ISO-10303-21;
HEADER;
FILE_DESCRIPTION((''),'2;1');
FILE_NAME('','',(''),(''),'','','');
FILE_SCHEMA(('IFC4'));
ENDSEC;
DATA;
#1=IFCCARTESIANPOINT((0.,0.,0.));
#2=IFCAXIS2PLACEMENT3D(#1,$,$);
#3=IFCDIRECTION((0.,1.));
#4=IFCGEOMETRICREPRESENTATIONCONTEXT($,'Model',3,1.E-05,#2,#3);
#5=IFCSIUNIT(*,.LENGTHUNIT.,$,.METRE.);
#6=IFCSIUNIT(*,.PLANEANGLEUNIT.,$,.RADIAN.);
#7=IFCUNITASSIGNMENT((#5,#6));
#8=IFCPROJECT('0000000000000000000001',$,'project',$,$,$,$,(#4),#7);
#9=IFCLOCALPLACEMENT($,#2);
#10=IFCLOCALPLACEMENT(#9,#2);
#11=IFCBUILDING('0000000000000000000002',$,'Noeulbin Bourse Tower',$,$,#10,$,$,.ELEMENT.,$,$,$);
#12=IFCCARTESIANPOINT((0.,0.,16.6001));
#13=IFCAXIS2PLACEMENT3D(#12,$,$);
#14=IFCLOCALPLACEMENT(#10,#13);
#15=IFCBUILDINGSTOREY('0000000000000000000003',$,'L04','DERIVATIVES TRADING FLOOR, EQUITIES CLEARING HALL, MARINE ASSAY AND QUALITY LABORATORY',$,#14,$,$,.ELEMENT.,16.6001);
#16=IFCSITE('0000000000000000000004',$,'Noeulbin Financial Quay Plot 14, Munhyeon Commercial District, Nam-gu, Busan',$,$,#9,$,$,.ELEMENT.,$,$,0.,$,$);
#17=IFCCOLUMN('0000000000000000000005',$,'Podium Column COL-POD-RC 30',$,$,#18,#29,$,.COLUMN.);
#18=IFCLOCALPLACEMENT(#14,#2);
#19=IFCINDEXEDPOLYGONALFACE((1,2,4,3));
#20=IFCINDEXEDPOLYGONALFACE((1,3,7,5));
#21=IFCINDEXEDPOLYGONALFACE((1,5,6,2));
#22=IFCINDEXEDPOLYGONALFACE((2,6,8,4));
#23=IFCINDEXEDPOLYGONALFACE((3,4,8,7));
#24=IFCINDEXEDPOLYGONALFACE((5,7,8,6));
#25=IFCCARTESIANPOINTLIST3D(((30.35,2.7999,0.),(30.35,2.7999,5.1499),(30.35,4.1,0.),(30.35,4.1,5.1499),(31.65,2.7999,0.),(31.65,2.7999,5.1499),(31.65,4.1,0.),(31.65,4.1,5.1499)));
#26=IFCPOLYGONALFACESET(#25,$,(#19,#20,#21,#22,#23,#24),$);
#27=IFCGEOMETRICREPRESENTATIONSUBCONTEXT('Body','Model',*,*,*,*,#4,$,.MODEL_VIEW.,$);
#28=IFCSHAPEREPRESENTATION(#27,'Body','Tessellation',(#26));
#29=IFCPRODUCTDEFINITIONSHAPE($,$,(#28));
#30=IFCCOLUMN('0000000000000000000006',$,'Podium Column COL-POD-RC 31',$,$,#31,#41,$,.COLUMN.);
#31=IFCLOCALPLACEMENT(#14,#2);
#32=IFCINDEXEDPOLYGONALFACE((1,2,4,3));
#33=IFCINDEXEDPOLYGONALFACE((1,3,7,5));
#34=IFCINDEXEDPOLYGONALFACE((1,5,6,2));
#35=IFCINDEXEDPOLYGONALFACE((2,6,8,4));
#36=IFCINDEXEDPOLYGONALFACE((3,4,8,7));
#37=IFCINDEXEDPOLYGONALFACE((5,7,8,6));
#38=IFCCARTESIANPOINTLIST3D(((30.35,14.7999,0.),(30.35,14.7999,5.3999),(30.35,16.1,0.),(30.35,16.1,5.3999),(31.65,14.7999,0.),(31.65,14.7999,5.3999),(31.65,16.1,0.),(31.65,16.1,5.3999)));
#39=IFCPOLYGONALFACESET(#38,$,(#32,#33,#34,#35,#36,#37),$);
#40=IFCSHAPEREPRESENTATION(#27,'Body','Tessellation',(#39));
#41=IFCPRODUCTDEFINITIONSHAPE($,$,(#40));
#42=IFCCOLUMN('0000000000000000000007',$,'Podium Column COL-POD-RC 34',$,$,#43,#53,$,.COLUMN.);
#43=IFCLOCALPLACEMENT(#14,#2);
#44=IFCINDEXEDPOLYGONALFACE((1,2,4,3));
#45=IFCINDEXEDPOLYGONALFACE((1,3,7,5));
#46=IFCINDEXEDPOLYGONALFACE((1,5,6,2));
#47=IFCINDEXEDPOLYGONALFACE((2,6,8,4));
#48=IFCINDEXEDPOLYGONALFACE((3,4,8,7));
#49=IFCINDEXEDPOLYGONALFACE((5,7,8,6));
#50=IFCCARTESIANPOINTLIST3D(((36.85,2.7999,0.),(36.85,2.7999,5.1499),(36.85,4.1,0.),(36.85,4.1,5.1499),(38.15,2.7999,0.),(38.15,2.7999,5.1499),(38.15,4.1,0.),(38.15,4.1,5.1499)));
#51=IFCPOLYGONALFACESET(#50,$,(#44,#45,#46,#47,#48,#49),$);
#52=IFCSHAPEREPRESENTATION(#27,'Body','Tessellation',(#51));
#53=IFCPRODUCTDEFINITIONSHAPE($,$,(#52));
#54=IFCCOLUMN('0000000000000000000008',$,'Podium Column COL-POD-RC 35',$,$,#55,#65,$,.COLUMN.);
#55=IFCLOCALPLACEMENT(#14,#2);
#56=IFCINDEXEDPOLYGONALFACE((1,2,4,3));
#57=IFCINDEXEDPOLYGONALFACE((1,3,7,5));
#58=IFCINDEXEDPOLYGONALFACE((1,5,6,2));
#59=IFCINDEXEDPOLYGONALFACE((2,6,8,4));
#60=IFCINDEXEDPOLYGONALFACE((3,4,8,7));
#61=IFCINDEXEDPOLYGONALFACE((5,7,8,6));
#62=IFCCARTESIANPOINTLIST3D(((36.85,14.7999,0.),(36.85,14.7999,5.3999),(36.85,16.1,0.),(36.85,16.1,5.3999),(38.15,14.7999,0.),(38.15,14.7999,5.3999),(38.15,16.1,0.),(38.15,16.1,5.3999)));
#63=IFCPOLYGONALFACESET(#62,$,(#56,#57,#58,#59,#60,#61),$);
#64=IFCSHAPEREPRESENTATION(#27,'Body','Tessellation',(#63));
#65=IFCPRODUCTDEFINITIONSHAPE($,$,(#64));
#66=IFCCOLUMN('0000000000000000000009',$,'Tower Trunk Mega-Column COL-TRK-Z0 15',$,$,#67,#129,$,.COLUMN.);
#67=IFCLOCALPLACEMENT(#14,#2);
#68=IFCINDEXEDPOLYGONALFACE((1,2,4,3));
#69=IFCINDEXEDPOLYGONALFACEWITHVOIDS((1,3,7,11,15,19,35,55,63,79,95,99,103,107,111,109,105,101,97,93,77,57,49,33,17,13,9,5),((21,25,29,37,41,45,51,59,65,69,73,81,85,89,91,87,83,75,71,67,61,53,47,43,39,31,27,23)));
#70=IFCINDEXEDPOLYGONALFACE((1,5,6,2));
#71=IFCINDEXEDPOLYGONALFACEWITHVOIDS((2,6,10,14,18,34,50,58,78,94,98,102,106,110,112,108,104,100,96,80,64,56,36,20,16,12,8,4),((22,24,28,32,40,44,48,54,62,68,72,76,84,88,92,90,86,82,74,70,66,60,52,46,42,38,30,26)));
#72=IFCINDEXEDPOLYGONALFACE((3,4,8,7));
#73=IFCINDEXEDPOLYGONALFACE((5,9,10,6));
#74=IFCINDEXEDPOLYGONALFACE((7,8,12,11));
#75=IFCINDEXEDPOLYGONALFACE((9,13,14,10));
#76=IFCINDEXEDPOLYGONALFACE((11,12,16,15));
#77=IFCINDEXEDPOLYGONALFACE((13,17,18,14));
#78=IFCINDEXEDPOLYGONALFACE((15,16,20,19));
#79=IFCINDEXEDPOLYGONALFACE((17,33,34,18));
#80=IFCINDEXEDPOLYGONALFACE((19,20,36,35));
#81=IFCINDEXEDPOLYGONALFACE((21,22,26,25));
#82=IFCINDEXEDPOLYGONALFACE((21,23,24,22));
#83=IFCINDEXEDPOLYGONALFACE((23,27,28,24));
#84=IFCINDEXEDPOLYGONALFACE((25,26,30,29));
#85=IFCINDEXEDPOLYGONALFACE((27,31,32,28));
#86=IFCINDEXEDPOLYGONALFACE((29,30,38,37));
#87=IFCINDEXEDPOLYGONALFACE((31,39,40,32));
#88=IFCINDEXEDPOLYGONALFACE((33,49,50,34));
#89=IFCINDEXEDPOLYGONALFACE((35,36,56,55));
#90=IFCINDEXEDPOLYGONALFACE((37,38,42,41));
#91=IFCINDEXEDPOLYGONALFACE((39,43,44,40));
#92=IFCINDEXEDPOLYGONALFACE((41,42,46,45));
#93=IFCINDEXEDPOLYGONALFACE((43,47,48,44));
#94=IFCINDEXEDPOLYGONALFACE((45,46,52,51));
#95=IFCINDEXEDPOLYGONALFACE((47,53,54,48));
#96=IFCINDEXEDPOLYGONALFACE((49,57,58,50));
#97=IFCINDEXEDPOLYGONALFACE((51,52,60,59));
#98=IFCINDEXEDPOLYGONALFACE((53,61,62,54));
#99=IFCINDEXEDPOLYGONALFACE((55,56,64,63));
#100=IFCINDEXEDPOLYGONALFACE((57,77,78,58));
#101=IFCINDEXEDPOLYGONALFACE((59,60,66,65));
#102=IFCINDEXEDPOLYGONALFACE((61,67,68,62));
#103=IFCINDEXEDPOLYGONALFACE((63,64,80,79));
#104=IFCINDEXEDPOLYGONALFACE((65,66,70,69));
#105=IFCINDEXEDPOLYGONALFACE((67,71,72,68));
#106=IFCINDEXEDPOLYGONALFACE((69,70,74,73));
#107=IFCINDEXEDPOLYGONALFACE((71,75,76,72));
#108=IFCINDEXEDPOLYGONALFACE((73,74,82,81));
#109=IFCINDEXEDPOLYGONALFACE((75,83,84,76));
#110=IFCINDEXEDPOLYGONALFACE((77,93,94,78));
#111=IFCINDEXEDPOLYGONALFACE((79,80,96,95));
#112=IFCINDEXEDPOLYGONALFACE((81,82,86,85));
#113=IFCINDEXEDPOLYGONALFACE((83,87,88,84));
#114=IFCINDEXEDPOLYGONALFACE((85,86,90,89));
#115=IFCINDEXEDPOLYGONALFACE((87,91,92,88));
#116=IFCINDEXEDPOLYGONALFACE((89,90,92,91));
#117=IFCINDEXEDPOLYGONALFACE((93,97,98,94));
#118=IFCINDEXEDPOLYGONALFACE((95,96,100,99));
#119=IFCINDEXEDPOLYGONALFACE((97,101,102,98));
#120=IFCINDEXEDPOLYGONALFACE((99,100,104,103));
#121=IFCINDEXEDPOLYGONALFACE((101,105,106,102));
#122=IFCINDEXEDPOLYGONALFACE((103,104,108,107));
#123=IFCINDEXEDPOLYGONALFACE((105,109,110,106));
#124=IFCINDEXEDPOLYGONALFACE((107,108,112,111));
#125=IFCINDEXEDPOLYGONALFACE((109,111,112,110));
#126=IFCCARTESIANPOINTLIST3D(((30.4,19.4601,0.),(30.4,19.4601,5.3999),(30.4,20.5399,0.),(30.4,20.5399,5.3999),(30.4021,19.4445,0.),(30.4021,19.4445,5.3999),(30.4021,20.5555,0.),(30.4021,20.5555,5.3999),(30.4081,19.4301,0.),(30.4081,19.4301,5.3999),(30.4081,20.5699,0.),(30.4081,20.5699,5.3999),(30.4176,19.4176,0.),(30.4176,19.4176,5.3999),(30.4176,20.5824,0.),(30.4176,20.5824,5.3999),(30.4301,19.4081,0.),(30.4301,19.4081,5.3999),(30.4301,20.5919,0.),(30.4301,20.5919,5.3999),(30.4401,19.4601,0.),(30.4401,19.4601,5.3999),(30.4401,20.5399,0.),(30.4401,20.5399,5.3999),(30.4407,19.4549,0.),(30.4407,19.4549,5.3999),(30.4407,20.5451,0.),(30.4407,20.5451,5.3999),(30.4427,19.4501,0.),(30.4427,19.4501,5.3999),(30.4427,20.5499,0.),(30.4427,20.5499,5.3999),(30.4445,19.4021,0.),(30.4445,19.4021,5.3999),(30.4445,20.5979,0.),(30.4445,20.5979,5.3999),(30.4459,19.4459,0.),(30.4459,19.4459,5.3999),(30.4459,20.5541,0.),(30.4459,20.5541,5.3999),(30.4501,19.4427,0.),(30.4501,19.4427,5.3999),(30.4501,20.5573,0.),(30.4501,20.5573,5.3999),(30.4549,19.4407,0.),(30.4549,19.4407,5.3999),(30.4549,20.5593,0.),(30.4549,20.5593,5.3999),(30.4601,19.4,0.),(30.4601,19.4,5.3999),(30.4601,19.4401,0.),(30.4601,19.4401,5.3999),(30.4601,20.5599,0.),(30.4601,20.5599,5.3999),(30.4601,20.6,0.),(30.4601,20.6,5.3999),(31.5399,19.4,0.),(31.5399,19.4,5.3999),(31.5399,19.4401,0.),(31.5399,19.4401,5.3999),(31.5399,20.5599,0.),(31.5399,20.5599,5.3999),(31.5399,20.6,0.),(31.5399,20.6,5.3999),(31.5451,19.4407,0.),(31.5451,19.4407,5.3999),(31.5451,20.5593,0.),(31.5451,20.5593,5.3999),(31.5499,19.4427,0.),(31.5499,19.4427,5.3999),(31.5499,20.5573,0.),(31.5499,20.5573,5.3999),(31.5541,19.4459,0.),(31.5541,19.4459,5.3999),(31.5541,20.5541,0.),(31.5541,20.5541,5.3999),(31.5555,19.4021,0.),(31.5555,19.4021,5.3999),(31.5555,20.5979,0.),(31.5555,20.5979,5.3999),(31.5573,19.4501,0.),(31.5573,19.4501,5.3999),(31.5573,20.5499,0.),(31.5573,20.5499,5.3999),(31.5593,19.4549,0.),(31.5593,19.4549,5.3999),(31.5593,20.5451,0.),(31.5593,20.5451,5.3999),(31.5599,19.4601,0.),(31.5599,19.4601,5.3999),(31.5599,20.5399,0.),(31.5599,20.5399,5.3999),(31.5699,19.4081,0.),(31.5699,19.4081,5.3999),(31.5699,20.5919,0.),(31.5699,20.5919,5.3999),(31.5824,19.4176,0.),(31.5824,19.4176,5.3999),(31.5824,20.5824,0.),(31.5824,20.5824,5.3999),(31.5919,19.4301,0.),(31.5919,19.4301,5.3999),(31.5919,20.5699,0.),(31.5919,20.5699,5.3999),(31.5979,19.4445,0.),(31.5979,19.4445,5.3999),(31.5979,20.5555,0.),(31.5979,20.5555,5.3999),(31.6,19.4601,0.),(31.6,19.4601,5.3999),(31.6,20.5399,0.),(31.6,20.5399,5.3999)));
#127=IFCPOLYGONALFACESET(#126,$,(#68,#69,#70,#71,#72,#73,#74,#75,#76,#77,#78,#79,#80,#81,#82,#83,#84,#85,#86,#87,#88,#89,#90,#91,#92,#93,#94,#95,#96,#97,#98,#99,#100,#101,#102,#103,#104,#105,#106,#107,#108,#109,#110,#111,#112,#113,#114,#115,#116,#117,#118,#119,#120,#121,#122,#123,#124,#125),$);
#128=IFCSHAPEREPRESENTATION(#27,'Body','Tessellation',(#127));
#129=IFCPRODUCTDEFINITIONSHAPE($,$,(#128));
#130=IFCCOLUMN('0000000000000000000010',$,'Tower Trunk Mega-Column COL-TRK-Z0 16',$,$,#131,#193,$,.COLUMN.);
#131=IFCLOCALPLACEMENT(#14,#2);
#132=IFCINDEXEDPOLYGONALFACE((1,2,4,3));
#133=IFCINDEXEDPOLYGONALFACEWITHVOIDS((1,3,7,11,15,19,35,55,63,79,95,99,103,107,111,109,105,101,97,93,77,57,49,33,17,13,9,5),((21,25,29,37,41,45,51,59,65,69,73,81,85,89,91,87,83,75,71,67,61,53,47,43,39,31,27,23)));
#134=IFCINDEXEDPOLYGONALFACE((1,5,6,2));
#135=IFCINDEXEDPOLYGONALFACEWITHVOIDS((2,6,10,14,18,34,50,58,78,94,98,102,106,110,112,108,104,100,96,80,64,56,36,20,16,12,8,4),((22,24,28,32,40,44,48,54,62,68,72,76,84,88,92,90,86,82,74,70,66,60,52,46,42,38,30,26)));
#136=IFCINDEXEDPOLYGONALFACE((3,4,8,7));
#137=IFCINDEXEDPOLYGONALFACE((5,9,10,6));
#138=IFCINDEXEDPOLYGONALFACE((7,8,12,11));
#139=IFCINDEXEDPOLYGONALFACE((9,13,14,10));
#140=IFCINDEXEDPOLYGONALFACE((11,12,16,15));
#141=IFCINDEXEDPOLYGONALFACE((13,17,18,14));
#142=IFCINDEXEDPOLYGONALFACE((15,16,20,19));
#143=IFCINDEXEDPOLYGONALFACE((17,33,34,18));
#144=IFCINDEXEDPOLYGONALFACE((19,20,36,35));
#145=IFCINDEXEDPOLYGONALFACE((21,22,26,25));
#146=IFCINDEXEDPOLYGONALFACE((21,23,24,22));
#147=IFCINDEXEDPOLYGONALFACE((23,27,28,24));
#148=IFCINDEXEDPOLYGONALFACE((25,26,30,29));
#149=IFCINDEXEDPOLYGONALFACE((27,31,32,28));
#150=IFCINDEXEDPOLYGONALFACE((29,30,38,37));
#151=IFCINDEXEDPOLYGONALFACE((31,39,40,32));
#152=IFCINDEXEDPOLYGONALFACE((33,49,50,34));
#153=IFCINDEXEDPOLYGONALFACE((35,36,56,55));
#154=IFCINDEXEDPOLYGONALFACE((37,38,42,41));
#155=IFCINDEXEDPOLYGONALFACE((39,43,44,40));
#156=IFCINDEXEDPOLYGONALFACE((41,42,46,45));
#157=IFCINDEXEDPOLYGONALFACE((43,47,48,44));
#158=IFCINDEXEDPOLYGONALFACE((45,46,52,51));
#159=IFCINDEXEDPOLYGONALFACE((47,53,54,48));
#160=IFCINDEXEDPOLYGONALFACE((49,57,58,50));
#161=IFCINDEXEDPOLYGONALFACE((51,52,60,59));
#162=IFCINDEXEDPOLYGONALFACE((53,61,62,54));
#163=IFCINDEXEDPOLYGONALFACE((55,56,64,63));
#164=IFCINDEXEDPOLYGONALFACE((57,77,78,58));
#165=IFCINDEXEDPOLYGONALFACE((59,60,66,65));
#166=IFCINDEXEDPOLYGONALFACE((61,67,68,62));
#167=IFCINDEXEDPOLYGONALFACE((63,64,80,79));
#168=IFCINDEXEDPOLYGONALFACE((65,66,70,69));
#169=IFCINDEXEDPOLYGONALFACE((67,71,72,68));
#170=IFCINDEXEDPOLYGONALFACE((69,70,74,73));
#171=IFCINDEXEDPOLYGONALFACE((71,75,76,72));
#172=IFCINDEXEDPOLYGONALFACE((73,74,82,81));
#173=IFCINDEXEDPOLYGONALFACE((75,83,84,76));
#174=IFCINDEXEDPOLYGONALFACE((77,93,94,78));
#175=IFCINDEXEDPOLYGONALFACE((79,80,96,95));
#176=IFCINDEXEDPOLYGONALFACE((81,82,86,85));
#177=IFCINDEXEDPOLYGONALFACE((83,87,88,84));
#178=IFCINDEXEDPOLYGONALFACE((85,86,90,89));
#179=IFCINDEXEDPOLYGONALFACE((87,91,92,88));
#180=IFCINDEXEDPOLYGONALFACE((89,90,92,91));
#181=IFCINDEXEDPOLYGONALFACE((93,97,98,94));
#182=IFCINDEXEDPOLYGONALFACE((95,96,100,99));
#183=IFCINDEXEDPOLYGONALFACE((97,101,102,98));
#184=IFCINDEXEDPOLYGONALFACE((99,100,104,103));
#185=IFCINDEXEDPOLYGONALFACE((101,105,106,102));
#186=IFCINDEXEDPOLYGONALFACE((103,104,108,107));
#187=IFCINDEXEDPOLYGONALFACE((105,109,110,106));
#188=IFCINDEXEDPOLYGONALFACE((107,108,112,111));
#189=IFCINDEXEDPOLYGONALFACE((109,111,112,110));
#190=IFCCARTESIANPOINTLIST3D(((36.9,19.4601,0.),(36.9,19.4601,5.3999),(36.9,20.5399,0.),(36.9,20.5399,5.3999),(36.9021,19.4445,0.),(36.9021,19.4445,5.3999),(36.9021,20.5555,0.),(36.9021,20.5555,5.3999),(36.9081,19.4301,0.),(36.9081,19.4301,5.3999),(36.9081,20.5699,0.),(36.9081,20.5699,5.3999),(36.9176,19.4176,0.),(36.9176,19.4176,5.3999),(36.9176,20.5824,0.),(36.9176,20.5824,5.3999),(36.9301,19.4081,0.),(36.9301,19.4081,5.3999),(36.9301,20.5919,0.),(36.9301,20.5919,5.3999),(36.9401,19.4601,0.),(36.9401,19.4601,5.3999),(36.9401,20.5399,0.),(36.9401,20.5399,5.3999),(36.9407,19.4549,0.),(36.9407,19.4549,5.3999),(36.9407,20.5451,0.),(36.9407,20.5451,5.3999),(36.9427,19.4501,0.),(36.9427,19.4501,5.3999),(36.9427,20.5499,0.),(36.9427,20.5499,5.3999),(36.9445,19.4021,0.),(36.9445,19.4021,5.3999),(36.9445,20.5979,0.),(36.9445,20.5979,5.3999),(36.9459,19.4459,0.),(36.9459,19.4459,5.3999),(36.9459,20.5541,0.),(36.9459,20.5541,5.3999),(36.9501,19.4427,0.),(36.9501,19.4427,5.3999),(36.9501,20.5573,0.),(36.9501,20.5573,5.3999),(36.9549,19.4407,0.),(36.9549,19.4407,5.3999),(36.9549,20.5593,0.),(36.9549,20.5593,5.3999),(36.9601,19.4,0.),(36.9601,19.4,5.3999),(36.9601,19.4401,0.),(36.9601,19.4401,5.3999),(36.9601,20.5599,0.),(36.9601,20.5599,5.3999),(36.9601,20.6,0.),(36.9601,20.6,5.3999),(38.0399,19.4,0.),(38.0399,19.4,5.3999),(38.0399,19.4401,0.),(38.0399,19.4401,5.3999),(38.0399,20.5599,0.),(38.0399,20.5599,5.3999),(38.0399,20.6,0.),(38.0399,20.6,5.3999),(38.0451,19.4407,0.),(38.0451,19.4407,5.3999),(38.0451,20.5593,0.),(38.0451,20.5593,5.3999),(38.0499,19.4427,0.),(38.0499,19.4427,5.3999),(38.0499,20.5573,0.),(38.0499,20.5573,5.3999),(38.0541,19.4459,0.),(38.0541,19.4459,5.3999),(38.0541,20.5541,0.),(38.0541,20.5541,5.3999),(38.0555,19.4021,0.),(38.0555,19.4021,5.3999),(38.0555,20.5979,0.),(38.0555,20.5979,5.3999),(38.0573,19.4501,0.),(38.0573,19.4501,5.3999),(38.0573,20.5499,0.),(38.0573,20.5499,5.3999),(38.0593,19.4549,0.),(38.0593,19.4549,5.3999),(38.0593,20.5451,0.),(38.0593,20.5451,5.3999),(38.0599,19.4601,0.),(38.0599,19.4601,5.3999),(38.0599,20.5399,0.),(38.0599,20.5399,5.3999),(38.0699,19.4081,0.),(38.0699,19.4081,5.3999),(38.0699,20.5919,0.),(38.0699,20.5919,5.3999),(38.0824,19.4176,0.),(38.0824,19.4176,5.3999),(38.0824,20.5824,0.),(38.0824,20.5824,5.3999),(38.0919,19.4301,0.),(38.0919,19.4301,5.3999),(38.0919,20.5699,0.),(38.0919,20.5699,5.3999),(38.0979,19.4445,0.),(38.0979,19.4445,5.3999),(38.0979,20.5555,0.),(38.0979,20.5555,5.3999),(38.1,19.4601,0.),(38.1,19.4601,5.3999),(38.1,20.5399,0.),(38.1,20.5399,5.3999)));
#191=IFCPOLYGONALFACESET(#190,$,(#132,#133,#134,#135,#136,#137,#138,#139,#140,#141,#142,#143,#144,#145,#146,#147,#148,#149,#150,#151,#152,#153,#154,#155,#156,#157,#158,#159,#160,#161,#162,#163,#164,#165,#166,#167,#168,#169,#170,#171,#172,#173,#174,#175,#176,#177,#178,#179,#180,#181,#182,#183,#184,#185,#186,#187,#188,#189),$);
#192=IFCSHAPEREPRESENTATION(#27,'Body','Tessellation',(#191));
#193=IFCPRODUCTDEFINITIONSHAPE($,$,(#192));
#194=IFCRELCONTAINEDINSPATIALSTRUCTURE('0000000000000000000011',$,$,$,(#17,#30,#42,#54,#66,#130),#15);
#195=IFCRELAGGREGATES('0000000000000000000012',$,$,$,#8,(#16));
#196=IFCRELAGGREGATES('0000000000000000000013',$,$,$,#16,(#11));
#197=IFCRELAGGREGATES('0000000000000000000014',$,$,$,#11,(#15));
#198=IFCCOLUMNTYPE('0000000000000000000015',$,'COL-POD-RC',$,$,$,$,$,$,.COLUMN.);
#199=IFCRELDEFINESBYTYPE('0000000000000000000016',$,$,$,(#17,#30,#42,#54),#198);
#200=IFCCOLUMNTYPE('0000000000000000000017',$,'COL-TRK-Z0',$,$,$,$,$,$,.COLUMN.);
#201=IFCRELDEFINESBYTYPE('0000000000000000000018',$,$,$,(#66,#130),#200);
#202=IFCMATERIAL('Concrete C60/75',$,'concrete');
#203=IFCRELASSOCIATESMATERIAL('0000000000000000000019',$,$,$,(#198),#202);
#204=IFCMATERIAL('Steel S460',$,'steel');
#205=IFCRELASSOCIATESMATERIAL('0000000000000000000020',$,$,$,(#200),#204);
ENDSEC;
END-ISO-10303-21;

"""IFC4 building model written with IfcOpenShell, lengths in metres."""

from ifc_helpers import new_model, si_unit, direction, frame, origin, origin_2d, place, context, subcontext, project, spatial, rectangle, hollow_rectangle, extrude, material, material_profile, profile_set, type_object, element, save


model = new_model("IFC4")

# Units and contexts
model_context = context("Model", 3, precision=1e-05, world=origin(), true_north=direction((0.0, 1.0)))
body_context = subcontext(model_context, "Body", "Model", "MODEL_VIEW")
ifc_project = project(units=[si_unit("LENGTHUNIT", "METRE"), si_unit("PLANEANGLEUNIT", "RADIAN")], contexts=[model_context])

# Site, building, storey
site_placement = place(None, origin())
site = spatial("IfcSite", under=ifc_project, at=site_placement, Name="Noeulbin Financial Quay Plot 14, Munhyeon Commercial District, Nam-gu, Busan", CompositionType="ELEMENT", RefElevation=0.0)
building_placement = place(site_placement, origin())
building = spatial("IfcBuilding", under=site, at=building_placement, Name="Noeulbin Bourse Tower", CompositionType="ELEMENT")
storey_placement = place(building_placement, frame((0.0, 0.0, 16.6001)))
storey = spatial("IfcBuildingStorey", under=building, at=storey_placement, Name="L04", Description="DERIVATIVES TRADING FLOOR, EQUITIES CLEARING HALL, MARINE ASSAY AND QUALITY LABORATORY", CompositionType="ELEMENT", Elevation=16.6001)

# Columns
ifc_material_1 = material(Name="Concrete C60/75", Category="concrete")
ifc_material_profile_1 = material_profile(ifc_material_1, rectangle(XDim=1.3, YDim=1.3, at=origin_2d()), Name="RC-COL-1300x1300", Category="LoadBearing")
ifc_profile_set_1 = profile_set([ifc_material_profile_1], Name="Concrete C60/75")
column_type_1 = type_object("IfcColumnType", Name="COL-POD-RC", PredefinedType="COLUMN", material=ifc_profile_set_1)
column_1_placement = place(storey_placement, frame((31.0, 3.45, 0.0), z_axis=(0.0, 0.0, 1.0), x_axis=(1.0, 0.0, 0.0)))
element("IfcColumn", 1, at=column_1_placement, inside=storey, type_object=column_type_1, Name="Podium Column COL-POD-RC 30", PredefinedType="COLUMN", context=body_context, shape_type="SweptSolid", body=[
    extrude(rectangle(XDim=1.3, YDim=1.3, at=origin_2d()), origin(), (0.0, 0.0, 1.0), 5.1499),
])
column_2_placement = place(storey_placement, frame((31.0, 15.45, 0.0), z_axis=(0.0, 0.0, 1.0), x_axis=(1.0, 0.0, 0.0)))
element("IfcColumn", 2, at=column_2_placement, inside=storey, type_object=column_type_1, Name="Podium Column COL-POD-RC 31", PredefinedType="COLUMN", context=body_context, shape_type="SweptSolid", body=[
    extrude(rectangle(XDim=1.3, YDim=1.3, at=origin_2d()), origin(), (0.0, 0.0, 1.0), 5.3999),
])
column_3_placement = place(storey_placement, frame((37.5, 3.45, 0.0), z_axis=(0.0, 0.0, 1.0), x_axis=(1.0, 0.0, 0.0)))
element("IfcColumn", 3, at=column_3_placement, inside=storey, type_object=column_type_1, Name="Podium Column COL-POD-RC 34", PredefinedType="COLUMN", context=body_context, shape_type="SweptSolid", body=[
    extrude(rectangle(XDim=1.3, YDim=1.3, at=origin_2d()), origin(), (0.0, 0.0, 1.0), 5.1499),
])
column_4_placement = place(storey_placement, frame((37.5, 15.45, 0.0), z_axis=(0.0, 0.0, 1.0), x_axis=(1.0, 0.0, 0.0)))
element("IfcColumn", 4, at=column_4_placement, inside=storey, type_object=column_type_1, Name="Podium Column COL-POD-RC 35", PredefinedType="COLUMN", context=body_context, shape_type="SweptSolid", body=[
    extrude(rectangle(XDim=1.3, YDim=1.3, at=origin_2d()), origin(), (0.0, 0.0, 1.0), 5.3999),
])
ifc_material_2 = material(Name="Steel S460", Category="steel")
ifc_material_profile_2 = material_profile(ifc_material_2, hollow_rectangle(XDim=1.2, YDim=1.2, WallThickness=0.04, InnerFilletRadius=0.02, OuterFilletRadius=0.0601, at=origin_2d()), Name="BOX-1200x1200x40", Category="LoadBearing")
ifc_profile_set_2 = profile_set([ifc_material_profile_2], Name="Steel S460")
column_type_2 = type_object("IfcColumnType", Name="COL-TRK-Z0", PredefinedType="COLUMN", material=ifc_profile_set_2)
for number, where, z_axis, x_axis, name in (
    (5, (31.0, 20.0, 0.0), (0.0, 0.0, 1.0), (1.0, 0.0, 0.0), "Tower Trunk Mega-Column COL-TRK-Z0 15"),
    (6, (37.5, 20.0, 0.0), (0.0, 0.0, 1.0), (1.0, 0.0, 0.0), "Tower Trunk Mega-Column COL-TRK-Z0 16"),
):
    element("IfcColumn", number, at=place(storey_placement, frame(where, z_axis=z_axis, x_axis=x_axis)), inside=storey, type_object=column_type_2, Name=name, PredefinedType="COLUMN", context=body_context, shape_type="SweptSolid", body=[
        extrude(hollow_rectangle(XDim=1.2, YDim=1.2, WallThickness=0.04, InnerFilletRadius=0.02, OuterFilletRadius=0.0601, at=origin_2d()), origin(), (0.0, 0.0, 1.0), 5.3999),
    ])

save(model, "model.ifc")
